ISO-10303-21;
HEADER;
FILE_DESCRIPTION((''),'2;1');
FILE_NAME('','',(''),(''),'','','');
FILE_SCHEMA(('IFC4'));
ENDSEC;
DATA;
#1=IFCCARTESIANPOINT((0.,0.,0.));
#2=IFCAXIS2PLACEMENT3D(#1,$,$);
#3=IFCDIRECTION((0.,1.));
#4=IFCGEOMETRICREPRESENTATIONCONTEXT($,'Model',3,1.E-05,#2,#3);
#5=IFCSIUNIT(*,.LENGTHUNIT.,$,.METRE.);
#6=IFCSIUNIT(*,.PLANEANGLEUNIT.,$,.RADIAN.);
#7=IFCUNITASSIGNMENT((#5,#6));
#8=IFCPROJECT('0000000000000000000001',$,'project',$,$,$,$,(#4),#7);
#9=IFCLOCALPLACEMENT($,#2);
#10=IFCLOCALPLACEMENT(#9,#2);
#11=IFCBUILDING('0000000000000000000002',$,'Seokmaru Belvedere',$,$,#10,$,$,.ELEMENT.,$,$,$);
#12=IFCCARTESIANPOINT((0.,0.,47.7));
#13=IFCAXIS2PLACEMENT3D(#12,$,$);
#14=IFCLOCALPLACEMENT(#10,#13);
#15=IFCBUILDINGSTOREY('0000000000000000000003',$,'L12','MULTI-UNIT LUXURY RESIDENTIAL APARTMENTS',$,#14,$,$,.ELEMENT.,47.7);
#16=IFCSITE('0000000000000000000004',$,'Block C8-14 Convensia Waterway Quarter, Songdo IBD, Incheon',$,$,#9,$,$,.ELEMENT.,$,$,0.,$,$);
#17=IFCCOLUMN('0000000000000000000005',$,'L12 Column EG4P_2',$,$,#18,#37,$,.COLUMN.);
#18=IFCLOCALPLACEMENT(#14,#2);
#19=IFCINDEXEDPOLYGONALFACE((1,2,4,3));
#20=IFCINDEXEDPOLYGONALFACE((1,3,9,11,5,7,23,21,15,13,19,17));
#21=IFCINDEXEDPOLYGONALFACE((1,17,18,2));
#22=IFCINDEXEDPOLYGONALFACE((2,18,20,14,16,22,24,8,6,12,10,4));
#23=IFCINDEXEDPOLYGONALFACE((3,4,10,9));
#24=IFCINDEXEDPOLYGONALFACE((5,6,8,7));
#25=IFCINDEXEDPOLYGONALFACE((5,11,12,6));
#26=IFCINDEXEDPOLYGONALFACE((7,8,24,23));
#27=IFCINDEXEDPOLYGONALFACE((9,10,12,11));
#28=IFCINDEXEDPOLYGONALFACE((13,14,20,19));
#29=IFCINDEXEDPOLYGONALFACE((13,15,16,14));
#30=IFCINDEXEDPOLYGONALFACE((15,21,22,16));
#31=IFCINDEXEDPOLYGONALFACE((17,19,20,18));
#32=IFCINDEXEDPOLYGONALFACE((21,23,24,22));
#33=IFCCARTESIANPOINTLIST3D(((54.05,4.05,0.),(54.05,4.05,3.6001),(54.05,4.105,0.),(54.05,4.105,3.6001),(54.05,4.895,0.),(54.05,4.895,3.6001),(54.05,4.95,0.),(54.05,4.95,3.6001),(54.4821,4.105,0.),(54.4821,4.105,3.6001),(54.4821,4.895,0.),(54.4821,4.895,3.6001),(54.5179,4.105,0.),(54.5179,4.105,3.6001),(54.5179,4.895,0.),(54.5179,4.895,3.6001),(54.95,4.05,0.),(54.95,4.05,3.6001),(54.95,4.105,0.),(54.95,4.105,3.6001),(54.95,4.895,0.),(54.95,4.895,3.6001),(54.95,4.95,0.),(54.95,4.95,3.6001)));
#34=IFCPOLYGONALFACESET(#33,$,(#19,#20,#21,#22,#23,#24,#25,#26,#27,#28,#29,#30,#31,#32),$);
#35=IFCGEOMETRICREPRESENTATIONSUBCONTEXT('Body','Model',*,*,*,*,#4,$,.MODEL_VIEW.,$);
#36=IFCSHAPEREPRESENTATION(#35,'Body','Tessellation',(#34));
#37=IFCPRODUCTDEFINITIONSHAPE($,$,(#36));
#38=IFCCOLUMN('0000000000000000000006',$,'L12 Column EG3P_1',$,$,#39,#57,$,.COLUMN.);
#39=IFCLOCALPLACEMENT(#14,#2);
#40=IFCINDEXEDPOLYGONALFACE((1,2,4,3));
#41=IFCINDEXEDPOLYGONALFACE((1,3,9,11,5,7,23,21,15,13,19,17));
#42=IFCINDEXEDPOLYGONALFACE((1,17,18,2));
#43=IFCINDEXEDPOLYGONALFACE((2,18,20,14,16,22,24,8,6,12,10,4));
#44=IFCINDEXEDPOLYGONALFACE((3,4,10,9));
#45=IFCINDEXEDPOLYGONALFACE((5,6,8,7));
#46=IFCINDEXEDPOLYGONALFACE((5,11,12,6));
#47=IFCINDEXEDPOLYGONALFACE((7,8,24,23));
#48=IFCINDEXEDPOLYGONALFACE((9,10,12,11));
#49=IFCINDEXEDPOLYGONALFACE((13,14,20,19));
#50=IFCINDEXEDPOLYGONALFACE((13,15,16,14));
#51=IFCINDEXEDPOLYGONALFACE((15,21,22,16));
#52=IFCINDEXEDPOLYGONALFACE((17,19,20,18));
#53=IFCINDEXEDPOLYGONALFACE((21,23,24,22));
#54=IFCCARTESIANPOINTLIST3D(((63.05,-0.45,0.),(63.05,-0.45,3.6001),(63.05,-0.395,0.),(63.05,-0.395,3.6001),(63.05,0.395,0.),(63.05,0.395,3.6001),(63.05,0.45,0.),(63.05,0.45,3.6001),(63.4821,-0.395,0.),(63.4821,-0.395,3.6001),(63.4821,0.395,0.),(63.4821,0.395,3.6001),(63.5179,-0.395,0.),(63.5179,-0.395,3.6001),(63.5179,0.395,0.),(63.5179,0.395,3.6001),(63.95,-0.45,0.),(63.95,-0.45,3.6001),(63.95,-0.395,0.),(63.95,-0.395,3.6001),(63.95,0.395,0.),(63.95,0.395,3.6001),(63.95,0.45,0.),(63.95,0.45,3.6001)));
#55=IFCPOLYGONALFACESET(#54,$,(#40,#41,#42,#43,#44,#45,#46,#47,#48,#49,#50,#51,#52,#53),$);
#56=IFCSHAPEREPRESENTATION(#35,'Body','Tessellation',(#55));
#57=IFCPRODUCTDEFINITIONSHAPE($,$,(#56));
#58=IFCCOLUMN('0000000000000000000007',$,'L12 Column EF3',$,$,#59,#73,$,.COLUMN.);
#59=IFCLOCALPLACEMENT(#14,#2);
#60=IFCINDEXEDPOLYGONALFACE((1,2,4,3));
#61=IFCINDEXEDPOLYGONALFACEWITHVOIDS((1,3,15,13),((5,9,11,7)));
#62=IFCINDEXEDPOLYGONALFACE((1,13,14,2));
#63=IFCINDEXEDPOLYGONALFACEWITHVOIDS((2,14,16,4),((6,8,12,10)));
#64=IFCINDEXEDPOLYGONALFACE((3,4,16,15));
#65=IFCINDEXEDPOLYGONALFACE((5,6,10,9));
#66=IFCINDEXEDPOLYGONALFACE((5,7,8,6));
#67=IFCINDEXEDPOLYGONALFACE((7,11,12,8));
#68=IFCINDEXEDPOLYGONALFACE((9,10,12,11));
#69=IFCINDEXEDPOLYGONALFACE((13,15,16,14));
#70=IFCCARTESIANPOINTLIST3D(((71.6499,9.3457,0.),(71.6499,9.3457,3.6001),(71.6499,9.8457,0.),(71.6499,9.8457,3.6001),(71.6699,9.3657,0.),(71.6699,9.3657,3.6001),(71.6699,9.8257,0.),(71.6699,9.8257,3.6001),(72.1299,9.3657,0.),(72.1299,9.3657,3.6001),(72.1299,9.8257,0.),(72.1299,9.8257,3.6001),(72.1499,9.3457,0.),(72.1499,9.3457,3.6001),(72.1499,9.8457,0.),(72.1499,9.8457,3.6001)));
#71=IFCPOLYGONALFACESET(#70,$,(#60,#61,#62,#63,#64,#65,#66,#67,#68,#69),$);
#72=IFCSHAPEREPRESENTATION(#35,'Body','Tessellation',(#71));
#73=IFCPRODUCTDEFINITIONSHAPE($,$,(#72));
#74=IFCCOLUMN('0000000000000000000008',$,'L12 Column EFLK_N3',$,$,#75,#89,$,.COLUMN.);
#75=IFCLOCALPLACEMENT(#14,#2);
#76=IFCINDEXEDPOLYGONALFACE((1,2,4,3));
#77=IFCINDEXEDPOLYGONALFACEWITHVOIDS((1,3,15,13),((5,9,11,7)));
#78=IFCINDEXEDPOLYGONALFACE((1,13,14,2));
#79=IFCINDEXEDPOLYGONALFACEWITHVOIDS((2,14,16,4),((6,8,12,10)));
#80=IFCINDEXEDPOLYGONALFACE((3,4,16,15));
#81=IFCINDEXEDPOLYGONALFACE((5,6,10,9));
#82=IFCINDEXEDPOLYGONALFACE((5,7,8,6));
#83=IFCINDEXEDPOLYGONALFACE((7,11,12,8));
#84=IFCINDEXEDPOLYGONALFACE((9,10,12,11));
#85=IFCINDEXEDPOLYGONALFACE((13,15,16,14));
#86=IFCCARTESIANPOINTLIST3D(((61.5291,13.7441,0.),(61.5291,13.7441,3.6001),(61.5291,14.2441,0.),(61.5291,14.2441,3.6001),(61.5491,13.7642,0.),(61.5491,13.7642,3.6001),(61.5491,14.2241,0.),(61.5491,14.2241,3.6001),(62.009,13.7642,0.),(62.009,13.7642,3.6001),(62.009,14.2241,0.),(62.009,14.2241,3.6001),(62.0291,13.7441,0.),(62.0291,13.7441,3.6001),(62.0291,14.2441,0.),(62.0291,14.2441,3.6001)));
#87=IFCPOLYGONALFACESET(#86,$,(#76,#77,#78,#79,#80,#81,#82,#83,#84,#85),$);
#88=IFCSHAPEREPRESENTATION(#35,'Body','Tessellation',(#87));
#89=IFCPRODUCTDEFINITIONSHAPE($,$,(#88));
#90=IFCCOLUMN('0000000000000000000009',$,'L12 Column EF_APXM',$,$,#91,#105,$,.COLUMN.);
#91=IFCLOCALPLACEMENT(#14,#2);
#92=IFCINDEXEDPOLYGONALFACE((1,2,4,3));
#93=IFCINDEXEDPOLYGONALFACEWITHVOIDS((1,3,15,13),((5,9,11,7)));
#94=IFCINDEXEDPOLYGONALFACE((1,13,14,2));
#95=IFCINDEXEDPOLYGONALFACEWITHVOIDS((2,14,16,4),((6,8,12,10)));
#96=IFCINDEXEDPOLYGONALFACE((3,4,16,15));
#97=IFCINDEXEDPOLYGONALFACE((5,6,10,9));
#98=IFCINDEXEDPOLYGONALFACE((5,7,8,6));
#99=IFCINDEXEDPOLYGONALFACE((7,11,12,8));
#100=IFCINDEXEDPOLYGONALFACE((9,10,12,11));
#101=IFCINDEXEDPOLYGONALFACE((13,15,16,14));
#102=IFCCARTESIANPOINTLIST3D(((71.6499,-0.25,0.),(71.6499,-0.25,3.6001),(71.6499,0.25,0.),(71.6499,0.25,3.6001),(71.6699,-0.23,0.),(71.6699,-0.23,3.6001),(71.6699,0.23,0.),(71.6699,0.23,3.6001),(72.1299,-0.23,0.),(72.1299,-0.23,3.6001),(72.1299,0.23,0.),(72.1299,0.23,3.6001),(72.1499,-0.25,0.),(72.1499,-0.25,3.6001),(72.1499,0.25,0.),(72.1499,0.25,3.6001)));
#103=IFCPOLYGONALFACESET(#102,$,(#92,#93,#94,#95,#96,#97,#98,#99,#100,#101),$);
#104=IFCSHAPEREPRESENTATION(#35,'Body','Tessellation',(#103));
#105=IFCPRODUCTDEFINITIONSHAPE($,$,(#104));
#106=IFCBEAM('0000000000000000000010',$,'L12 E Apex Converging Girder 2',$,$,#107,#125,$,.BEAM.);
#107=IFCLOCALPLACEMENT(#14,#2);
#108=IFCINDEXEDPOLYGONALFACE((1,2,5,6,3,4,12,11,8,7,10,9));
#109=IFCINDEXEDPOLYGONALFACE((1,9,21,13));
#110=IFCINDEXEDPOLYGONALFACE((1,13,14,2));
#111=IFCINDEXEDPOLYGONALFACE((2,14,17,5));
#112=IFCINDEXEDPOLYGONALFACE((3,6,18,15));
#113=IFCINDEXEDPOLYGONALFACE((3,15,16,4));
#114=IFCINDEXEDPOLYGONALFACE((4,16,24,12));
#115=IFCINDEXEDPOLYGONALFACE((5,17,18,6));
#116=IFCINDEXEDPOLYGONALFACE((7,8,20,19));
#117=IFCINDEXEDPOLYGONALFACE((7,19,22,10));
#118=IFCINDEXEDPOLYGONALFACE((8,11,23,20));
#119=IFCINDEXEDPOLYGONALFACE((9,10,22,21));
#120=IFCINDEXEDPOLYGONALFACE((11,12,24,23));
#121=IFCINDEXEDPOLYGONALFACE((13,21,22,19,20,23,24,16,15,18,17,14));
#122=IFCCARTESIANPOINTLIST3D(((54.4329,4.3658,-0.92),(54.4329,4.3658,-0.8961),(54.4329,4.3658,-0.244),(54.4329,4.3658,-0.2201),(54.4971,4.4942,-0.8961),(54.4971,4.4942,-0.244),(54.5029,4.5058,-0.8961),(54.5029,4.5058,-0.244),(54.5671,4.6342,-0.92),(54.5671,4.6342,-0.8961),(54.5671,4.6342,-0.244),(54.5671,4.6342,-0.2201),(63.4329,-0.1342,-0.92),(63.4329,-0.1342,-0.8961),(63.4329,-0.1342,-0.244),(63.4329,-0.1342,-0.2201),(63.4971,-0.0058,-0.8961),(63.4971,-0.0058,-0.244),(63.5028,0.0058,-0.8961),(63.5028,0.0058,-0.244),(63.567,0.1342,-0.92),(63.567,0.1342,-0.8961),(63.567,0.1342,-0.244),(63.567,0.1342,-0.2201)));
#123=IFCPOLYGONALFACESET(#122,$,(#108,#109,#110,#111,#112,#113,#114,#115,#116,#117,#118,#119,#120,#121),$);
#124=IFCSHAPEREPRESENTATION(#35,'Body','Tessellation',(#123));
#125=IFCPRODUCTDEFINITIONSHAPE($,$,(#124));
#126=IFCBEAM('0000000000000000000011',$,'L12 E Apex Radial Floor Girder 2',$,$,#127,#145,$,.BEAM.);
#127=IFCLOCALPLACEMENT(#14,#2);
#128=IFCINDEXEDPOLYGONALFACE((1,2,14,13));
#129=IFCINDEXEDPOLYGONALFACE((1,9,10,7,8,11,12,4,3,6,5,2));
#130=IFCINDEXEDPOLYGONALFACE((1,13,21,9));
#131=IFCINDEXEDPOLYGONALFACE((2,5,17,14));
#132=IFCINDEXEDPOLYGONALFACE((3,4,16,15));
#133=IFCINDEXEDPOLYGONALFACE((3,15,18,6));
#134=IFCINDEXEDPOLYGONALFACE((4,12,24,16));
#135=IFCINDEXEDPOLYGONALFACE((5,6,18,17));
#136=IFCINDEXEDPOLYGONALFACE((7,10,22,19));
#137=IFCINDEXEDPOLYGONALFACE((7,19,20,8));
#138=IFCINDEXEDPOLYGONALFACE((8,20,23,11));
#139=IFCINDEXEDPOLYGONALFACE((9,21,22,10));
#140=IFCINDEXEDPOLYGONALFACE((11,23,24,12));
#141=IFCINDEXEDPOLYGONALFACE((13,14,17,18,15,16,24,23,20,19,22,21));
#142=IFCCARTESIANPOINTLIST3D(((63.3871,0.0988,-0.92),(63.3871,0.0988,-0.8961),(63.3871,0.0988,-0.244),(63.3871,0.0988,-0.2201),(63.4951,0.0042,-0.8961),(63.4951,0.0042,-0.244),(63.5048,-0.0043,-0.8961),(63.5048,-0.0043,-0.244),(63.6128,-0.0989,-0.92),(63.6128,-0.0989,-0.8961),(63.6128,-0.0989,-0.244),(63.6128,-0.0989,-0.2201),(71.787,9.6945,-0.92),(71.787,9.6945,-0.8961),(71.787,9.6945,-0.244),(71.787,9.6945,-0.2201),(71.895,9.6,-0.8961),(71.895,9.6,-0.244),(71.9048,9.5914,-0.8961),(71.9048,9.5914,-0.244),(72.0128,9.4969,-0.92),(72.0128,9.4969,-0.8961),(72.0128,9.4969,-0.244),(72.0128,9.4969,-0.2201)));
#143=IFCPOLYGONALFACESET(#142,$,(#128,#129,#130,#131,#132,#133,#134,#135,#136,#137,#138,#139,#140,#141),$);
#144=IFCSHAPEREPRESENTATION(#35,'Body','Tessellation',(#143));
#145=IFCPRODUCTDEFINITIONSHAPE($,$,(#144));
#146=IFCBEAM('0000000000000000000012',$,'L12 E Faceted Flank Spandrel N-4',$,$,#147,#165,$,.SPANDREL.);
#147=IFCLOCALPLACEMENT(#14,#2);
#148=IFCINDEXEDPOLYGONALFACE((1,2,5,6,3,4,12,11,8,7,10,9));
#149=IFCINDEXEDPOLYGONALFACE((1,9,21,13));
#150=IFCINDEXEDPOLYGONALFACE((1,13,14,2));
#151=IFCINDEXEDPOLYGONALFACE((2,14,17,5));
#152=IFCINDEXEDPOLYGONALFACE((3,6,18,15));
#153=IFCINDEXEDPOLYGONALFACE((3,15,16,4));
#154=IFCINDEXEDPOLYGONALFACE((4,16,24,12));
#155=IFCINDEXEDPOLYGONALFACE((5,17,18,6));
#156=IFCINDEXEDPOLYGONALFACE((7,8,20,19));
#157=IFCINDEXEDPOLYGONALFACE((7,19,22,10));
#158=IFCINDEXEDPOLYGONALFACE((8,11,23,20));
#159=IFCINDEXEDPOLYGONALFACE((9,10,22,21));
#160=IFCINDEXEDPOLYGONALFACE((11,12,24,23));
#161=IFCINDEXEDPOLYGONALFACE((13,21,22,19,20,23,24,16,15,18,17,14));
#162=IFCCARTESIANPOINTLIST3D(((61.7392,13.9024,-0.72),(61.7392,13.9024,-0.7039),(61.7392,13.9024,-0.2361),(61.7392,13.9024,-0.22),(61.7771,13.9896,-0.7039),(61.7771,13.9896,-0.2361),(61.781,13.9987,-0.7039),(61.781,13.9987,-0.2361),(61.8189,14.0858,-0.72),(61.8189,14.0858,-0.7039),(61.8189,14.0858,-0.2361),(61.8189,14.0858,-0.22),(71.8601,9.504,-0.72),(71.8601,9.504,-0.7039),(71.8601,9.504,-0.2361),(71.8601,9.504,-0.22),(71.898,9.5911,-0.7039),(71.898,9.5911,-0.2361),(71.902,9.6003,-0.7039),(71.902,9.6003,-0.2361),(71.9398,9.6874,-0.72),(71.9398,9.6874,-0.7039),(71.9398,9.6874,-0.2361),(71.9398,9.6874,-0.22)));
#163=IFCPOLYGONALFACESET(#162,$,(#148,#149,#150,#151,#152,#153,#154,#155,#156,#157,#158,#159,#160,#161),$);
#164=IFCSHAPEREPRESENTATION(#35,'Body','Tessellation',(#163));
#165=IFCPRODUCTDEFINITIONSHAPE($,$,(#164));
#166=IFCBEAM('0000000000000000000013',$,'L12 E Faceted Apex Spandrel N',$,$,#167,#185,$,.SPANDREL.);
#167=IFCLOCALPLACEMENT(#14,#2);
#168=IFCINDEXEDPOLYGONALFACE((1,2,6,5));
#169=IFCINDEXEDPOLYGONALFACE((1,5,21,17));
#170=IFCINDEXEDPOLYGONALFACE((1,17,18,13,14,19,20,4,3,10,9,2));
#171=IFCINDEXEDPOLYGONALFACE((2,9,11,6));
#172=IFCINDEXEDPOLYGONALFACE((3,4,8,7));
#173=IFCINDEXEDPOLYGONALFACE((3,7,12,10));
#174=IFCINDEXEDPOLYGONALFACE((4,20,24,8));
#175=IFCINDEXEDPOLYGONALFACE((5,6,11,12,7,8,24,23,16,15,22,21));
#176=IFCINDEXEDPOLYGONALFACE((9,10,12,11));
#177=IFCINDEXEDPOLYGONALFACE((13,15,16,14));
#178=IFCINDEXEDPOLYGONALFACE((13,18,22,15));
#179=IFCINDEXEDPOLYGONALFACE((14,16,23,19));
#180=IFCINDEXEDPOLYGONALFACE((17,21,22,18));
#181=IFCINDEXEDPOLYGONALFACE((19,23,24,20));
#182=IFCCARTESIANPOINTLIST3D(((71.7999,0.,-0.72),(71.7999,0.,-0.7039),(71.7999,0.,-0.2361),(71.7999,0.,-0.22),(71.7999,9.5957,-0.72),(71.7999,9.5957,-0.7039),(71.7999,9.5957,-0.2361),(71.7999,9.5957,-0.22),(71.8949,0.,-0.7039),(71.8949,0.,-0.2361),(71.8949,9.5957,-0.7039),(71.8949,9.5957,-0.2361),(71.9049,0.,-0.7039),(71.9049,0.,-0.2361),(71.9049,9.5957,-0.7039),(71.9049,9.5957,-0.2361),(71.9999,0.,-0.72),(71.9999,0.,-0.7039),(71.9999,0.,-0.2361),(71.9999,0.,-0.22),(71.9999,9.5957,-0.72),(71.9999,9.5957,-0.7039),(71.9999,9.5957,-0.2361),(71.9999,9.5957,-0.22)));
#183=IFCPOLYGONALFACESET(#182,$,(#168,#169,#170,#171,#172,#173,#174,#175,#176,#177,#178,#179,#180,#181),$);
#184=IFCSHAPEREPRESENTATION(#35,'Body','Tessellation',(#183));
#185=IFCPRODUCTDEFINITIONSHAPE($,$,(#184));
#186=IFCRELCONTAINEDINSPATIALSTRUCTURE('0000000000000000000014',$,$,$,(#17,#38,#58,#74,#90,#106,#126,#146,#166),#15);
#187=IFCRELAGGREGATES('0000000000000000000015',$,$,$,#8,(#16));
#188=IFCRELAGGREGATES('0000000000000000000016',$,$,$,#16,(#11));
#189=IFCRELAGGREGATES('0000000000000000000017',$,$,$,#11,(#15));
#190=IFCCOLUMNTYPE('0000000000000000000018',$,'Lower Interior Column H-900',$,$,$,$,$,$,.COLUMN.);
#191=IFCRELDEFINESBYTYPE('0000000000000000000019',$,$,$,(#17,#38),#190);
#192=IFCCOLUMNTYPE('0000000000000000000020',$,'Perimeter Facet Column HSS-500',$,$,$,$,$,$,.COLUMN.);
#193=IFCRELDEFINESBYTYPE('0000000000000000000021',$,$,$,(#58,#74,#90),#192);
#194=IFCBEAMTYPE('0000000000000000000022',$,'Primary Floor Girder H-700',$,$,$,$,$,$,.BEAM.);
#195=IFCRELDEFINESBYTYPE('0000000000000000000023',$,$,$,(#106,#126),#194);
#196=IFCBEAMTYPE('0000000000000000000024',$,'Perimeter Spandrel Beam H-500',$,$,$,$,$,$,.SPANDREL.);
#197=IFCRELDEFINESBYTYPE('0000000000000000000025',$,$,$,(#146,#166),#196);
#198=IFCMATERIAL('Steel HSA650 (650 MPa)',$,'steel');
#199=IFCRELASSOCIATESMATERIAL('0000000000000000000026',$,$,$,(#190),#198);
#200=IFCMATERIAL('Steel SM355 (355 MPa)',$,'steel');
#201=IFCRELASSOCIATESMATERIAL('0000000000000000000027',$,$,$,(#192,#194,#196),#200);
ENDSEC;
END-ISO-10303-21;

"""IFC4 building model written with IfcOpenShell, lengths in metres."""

from ifc_helpers import new_model, si_unit, direction, frame, origin, origin_2d, place, context, subcontext, project, spatial, hollow_rectangle, i_section, extrude, source, transform, mapped, material, material_profile, profile_set, type_object, type_shapes, element, save


model = new_model("IFC4")

# Units and contexts
model_context = context("Model", 3, precision=1e-05, world=origin(), true_north=direction((0.0, 1.0)))
body_context = subcontext(model_context, "Body", "Model", "MODEL_VIEW")
ifc_project = project(units=[si_unit("LENGTHUNIT", "METRE"), si_unit("PLANEANGLEUNIT", "RADIAN")], contexts=[model_context])

# Site, building, storey
site_placement = place(None, origin())
site = spatial("IfcSite", under=ifc_project, at=site_placement, Name="Block C8-14 Convensia Waterway Quarter, Songdo IBD, Incheon", CompositionType="ELEMENT", RefElevation=0.0)
building_placement = place(site_placement, origin())
building = spatial("IfcBuilding", under=site, at=building_placement, Name="Seokmaru Belvedere", CompositionType="ELEMENT")
storey_placement = place(building_placement, frame((0.0, 0.0, 47.7)))
storey = spatial("IfcBuildingStorey", under=building, at=storey_placement, Name="L12", Description="MULTI-UNIT LUXURY RESIDENTIAL APARTMENTS", CompositionType="ELEMENT", Elevation=47.7)

# Columns
ifc_material_1 = material(Name="Steel HSA650 (650 MPa)", Category="steel")
ifc_material_profile_1 = material_profile(ifc_material_1, i_section(OverallWidth=0.8999, OverallDepth=0.8999, WebThickness=0.0359, FlangeThickness=0.0549, at=origin_2d()), Name="H-900x900x36x55")
ifc_profile_set_1 = profile_set([ifc_material_profile_1], Name="Steel HSA650 (650 MPa)")
column_type_1 = type_object("IfcColumnType", Name="Lower Interior Column H-900", PredefinedType="COLUMN", material=ifc_profile_set_1)
shared_shape_1 = source(origin(), body_context, "Body", "SweptSolid", [
    extrude(i_section(OverallWidth=0.8999, OverallDepth=0.8999, WebThickness=0.0359, FlangeThickness=0.0549, at=origin_2d()), origin(), (0.0, 0.0, 1.0), 3.6001),
])
type_shapes(column_type_1, [shared_shape_1])
for number, where, z_axis, x_axis, name in (
    (1, (54.5, 4.5, 0.0), (0.0, 0.0, 1.0), (1.0, 0.0, 0.0), "L12 Column EG4P_2"),
    (2, (63.5, 0.0, 0.0), (0.0, 0.0, 1.0), (1.0, 0.0, 0.0), "L12 Column EG3P_1"),
):
    element("IfcColumn", number, at=place(storey_placement, frame(where, z_axis=z_axis, x_axis=x_axis)), inside=storey, type_object=column_type_1, Name=name, PredefinedType="COLUMN", context=body_context, shape_type="MappedRepresentation", body=[
        mapped(shared_shape_1, transform((0.0, 0.0, 0.0), scale=1.0)),
    ])
ifc_material_2 = material(Name="Steel SM355 (355 MPa)", Category="steel")
ifc_material_profile_2 = material_profile(ifc_material_2, hollow_rectangle(XDim=0.5, YDim=0.5, WallThickness=0.02, at=origin_2d()), Name="HSS-500x500x20")
ifc_profile_set_2 = profile_set([ifc_material_profile_2], Name="Steel SM355 (355 MPa)")
column_type_2 = type_object("IfcColumnType", Name="Perimeter Facet Column HSS-500", PredefinedType="COLUMN", material=ifc_profile_set_2)
shared_shape_2 = source(origin(), body_context, "Body", "SweptSolid", [
    extrude(hollow_rectangle(XDim=0.5, YDim=0.5, WallThickness=0.02, at=origin_2d()), origin(), (0.0, 0.0, 1.0), 3.6001),
])
type_shapes(column_type_2, [shared_shape_2])
for number, where, z_axis, x_axis, name in (
    (3, (71.8999, 9.5957, 0.0), (0.0, 0.0, 1.0), (1.0, 0.0, 0.0), "L12 Column EF3"),
    (4, (61.7791, 13.9941, 0.0), (0.0, 0.0, 1.0), (1.0, 0.0, 0.0), "L12 Column EFLK_N3"),
    (5, (71.8999, 0.0, 0.0), (0.0, 0.0, 1.0), (1.0, 0.0, 0.0), "L12 Column EF_APXM"),
):
    element("IfcColumn", number, at=place(storey_placement, frame(where, z_axis=z_axis, x_axis=x_axis)), inside=storey, type_object=column_type_2, Name=name, PredefinedType="COLUMN", context=body_context, shape_type="MappedRepresentation", body=[
        mapped(shared_shape_2, transform((0.0, 0.0, 0.0), scale=1.0)),
    ])

# Beams
ifc_material_profile_3 = material_profile(ifc_material_2, i_section(OverallWidth=0.3, OverallDepth=0.7, WebThickness=0.0129, FlangeThickness=0.0239, at=origin_2d()), Name="H-700x300x13x24")
ifc_profile_set_3 = profile_set([ifc_material_profile_3], Name="Steel SM355 (355 MPa)")
beam_type_1 = type_object("IfcBeamType", Name="Primary Floor Girder H-700", PredefinedType="BEAM", material=ifc_profile_set_3)
shared_shape_3 = source(origin(), body_context, "Body", "SweptSolid", [
    extrude(i_section(OverallWidth=0.3, OverallDepth=0.7, WebThickness=0.0129, FlangeThickness=0.0239, at=origin_2d()), origin(), (0.0, 0.0, 1.0), 10.0623),
])
beam_1_placement = place(storey_placement, frame((54.5, 4.5, -0.5701), z_axis=(0.894427, -0.447214, 0.0), x_axis=(0.447214, 0.894427, 0.0)))
element("IfcBeam", 6, at=beam_1_placement, inside=storey, type_object=beam_type_1, Name="L12 E Apex Converging Girder 2", PredefinedType="BEAM", context=body_context, shape_type="MappedRepresentation", body=[
    mapped(shared_shape_3, transform((0.0, 0.0, 0.0), scale=1.0)),
])
shared_shape_4 = source(origin(), body_context, "Body", "SweptSolid", [
    extrude(i_section(OverallWidth=0.3, OverallDepth=0.7, WebThickness=0.0129, FlangeThickness=0.0239, at=origin_2d()), origin(), (0.0, 0.0, 1.0), 12.7529),
])
beam_2_placement = place(storey_placement, frame((71.8999, 9.5957, -0.5701), z_axis=(-0.658667, -0.752434, 0.0), x_axis=(0.752434, -0.658667, 0.0)))
element("IfcBeam", 7, at=beam_2_placement, inside=storey, type_object=beam_type_1, Name="L12 E Apex Radial Floor Girder 2", PredefinedType="BEAM", context=body_context, shape_type="MappedRepresentation", body=[
    mapped(shared_shape_4, transform((0.0, 0.0, 0.0), scale=1.0)),
])
ifc_material_profile_4 = material_profile(ifc_material_2, i_section(OverallWidth=0.2, OverallDepth=0.5, WebThickness=0.01, FlangeThickness=0.0161, at=origin_2d()), Name="H-500x200x10x16")
ifc_profile_set_4 = profile_set([ifc_material_profile_4], Name="Steel SM355 (355 MPa)")
beam_type_2 = type_object("IfcBeamType", Name="Perimeter Spandrel Beam H-500", PredefinedType="SPANDREL", material=ifc_profile_set_4)
shared_shape_5 = source(origin(), body_context, "Body", "SweptSolid", [
    extrude(i_section(OverallWidth=0.2, OverallDepth=0.5, WebThickness=0.01, FlangeThickness=0.0161, at=origin_2d()), origin(), (0.0, 0.0, 1.0), 11.0354),
])
beam_3_placement = place(storey_placement, frame((61.7791, 13.9941, -0.47), z_axis=(0.917134, -0.398579, 0.0), x_axis=(0.398579, 0.917134, 0.0)))
element("IfcBeam", 8, at=beam_3_placement, inside=storey, type_object=beam_type_2, Name="L12 E Faceted Flank Spandrel N-4", PredefinedType="SPANDREL", context=body_context, shape_type="MappedRepresentation", body=[
    mapped(shared_shape_5, transform((0.0, 0.0, 0.0), scale=1.0)),
])
shared_shape_6 = source(origin(), body_context, "Body", "SweptSolid", [
    extrude(i_section(OverallWidth=0.2, OverallDepth=0.5, WebThickness=0.01, FlangeThickness=0.0161, at=origin_2d()), origin(), (0.0, 0.0, 1.0), 9.5957),
])
type_shapes(beam_type_2, [shared_shape_5, shared_shape_6])
beam_4_placement = place(storey_placement, frame((71.8999, 0.0, -0.47), z_axis=(0.0, 1.0, 0.0), x_axis=(-1.0, 0.0, 0.0)))
element("IfcBeam", 9, at=beam_4_placement, inside=storey, type_object=beam_type_2, Name="L12 E Faceted Apex Spandrel N", PredefinedType="SPANDREL", context=body_context, shape_type="MappedRepresentation", body=[
    mapped(shared_shape_6, transform((0.0, 0.0, 0.0), scale=1.0)),
])

save(model, "model.ifc")
